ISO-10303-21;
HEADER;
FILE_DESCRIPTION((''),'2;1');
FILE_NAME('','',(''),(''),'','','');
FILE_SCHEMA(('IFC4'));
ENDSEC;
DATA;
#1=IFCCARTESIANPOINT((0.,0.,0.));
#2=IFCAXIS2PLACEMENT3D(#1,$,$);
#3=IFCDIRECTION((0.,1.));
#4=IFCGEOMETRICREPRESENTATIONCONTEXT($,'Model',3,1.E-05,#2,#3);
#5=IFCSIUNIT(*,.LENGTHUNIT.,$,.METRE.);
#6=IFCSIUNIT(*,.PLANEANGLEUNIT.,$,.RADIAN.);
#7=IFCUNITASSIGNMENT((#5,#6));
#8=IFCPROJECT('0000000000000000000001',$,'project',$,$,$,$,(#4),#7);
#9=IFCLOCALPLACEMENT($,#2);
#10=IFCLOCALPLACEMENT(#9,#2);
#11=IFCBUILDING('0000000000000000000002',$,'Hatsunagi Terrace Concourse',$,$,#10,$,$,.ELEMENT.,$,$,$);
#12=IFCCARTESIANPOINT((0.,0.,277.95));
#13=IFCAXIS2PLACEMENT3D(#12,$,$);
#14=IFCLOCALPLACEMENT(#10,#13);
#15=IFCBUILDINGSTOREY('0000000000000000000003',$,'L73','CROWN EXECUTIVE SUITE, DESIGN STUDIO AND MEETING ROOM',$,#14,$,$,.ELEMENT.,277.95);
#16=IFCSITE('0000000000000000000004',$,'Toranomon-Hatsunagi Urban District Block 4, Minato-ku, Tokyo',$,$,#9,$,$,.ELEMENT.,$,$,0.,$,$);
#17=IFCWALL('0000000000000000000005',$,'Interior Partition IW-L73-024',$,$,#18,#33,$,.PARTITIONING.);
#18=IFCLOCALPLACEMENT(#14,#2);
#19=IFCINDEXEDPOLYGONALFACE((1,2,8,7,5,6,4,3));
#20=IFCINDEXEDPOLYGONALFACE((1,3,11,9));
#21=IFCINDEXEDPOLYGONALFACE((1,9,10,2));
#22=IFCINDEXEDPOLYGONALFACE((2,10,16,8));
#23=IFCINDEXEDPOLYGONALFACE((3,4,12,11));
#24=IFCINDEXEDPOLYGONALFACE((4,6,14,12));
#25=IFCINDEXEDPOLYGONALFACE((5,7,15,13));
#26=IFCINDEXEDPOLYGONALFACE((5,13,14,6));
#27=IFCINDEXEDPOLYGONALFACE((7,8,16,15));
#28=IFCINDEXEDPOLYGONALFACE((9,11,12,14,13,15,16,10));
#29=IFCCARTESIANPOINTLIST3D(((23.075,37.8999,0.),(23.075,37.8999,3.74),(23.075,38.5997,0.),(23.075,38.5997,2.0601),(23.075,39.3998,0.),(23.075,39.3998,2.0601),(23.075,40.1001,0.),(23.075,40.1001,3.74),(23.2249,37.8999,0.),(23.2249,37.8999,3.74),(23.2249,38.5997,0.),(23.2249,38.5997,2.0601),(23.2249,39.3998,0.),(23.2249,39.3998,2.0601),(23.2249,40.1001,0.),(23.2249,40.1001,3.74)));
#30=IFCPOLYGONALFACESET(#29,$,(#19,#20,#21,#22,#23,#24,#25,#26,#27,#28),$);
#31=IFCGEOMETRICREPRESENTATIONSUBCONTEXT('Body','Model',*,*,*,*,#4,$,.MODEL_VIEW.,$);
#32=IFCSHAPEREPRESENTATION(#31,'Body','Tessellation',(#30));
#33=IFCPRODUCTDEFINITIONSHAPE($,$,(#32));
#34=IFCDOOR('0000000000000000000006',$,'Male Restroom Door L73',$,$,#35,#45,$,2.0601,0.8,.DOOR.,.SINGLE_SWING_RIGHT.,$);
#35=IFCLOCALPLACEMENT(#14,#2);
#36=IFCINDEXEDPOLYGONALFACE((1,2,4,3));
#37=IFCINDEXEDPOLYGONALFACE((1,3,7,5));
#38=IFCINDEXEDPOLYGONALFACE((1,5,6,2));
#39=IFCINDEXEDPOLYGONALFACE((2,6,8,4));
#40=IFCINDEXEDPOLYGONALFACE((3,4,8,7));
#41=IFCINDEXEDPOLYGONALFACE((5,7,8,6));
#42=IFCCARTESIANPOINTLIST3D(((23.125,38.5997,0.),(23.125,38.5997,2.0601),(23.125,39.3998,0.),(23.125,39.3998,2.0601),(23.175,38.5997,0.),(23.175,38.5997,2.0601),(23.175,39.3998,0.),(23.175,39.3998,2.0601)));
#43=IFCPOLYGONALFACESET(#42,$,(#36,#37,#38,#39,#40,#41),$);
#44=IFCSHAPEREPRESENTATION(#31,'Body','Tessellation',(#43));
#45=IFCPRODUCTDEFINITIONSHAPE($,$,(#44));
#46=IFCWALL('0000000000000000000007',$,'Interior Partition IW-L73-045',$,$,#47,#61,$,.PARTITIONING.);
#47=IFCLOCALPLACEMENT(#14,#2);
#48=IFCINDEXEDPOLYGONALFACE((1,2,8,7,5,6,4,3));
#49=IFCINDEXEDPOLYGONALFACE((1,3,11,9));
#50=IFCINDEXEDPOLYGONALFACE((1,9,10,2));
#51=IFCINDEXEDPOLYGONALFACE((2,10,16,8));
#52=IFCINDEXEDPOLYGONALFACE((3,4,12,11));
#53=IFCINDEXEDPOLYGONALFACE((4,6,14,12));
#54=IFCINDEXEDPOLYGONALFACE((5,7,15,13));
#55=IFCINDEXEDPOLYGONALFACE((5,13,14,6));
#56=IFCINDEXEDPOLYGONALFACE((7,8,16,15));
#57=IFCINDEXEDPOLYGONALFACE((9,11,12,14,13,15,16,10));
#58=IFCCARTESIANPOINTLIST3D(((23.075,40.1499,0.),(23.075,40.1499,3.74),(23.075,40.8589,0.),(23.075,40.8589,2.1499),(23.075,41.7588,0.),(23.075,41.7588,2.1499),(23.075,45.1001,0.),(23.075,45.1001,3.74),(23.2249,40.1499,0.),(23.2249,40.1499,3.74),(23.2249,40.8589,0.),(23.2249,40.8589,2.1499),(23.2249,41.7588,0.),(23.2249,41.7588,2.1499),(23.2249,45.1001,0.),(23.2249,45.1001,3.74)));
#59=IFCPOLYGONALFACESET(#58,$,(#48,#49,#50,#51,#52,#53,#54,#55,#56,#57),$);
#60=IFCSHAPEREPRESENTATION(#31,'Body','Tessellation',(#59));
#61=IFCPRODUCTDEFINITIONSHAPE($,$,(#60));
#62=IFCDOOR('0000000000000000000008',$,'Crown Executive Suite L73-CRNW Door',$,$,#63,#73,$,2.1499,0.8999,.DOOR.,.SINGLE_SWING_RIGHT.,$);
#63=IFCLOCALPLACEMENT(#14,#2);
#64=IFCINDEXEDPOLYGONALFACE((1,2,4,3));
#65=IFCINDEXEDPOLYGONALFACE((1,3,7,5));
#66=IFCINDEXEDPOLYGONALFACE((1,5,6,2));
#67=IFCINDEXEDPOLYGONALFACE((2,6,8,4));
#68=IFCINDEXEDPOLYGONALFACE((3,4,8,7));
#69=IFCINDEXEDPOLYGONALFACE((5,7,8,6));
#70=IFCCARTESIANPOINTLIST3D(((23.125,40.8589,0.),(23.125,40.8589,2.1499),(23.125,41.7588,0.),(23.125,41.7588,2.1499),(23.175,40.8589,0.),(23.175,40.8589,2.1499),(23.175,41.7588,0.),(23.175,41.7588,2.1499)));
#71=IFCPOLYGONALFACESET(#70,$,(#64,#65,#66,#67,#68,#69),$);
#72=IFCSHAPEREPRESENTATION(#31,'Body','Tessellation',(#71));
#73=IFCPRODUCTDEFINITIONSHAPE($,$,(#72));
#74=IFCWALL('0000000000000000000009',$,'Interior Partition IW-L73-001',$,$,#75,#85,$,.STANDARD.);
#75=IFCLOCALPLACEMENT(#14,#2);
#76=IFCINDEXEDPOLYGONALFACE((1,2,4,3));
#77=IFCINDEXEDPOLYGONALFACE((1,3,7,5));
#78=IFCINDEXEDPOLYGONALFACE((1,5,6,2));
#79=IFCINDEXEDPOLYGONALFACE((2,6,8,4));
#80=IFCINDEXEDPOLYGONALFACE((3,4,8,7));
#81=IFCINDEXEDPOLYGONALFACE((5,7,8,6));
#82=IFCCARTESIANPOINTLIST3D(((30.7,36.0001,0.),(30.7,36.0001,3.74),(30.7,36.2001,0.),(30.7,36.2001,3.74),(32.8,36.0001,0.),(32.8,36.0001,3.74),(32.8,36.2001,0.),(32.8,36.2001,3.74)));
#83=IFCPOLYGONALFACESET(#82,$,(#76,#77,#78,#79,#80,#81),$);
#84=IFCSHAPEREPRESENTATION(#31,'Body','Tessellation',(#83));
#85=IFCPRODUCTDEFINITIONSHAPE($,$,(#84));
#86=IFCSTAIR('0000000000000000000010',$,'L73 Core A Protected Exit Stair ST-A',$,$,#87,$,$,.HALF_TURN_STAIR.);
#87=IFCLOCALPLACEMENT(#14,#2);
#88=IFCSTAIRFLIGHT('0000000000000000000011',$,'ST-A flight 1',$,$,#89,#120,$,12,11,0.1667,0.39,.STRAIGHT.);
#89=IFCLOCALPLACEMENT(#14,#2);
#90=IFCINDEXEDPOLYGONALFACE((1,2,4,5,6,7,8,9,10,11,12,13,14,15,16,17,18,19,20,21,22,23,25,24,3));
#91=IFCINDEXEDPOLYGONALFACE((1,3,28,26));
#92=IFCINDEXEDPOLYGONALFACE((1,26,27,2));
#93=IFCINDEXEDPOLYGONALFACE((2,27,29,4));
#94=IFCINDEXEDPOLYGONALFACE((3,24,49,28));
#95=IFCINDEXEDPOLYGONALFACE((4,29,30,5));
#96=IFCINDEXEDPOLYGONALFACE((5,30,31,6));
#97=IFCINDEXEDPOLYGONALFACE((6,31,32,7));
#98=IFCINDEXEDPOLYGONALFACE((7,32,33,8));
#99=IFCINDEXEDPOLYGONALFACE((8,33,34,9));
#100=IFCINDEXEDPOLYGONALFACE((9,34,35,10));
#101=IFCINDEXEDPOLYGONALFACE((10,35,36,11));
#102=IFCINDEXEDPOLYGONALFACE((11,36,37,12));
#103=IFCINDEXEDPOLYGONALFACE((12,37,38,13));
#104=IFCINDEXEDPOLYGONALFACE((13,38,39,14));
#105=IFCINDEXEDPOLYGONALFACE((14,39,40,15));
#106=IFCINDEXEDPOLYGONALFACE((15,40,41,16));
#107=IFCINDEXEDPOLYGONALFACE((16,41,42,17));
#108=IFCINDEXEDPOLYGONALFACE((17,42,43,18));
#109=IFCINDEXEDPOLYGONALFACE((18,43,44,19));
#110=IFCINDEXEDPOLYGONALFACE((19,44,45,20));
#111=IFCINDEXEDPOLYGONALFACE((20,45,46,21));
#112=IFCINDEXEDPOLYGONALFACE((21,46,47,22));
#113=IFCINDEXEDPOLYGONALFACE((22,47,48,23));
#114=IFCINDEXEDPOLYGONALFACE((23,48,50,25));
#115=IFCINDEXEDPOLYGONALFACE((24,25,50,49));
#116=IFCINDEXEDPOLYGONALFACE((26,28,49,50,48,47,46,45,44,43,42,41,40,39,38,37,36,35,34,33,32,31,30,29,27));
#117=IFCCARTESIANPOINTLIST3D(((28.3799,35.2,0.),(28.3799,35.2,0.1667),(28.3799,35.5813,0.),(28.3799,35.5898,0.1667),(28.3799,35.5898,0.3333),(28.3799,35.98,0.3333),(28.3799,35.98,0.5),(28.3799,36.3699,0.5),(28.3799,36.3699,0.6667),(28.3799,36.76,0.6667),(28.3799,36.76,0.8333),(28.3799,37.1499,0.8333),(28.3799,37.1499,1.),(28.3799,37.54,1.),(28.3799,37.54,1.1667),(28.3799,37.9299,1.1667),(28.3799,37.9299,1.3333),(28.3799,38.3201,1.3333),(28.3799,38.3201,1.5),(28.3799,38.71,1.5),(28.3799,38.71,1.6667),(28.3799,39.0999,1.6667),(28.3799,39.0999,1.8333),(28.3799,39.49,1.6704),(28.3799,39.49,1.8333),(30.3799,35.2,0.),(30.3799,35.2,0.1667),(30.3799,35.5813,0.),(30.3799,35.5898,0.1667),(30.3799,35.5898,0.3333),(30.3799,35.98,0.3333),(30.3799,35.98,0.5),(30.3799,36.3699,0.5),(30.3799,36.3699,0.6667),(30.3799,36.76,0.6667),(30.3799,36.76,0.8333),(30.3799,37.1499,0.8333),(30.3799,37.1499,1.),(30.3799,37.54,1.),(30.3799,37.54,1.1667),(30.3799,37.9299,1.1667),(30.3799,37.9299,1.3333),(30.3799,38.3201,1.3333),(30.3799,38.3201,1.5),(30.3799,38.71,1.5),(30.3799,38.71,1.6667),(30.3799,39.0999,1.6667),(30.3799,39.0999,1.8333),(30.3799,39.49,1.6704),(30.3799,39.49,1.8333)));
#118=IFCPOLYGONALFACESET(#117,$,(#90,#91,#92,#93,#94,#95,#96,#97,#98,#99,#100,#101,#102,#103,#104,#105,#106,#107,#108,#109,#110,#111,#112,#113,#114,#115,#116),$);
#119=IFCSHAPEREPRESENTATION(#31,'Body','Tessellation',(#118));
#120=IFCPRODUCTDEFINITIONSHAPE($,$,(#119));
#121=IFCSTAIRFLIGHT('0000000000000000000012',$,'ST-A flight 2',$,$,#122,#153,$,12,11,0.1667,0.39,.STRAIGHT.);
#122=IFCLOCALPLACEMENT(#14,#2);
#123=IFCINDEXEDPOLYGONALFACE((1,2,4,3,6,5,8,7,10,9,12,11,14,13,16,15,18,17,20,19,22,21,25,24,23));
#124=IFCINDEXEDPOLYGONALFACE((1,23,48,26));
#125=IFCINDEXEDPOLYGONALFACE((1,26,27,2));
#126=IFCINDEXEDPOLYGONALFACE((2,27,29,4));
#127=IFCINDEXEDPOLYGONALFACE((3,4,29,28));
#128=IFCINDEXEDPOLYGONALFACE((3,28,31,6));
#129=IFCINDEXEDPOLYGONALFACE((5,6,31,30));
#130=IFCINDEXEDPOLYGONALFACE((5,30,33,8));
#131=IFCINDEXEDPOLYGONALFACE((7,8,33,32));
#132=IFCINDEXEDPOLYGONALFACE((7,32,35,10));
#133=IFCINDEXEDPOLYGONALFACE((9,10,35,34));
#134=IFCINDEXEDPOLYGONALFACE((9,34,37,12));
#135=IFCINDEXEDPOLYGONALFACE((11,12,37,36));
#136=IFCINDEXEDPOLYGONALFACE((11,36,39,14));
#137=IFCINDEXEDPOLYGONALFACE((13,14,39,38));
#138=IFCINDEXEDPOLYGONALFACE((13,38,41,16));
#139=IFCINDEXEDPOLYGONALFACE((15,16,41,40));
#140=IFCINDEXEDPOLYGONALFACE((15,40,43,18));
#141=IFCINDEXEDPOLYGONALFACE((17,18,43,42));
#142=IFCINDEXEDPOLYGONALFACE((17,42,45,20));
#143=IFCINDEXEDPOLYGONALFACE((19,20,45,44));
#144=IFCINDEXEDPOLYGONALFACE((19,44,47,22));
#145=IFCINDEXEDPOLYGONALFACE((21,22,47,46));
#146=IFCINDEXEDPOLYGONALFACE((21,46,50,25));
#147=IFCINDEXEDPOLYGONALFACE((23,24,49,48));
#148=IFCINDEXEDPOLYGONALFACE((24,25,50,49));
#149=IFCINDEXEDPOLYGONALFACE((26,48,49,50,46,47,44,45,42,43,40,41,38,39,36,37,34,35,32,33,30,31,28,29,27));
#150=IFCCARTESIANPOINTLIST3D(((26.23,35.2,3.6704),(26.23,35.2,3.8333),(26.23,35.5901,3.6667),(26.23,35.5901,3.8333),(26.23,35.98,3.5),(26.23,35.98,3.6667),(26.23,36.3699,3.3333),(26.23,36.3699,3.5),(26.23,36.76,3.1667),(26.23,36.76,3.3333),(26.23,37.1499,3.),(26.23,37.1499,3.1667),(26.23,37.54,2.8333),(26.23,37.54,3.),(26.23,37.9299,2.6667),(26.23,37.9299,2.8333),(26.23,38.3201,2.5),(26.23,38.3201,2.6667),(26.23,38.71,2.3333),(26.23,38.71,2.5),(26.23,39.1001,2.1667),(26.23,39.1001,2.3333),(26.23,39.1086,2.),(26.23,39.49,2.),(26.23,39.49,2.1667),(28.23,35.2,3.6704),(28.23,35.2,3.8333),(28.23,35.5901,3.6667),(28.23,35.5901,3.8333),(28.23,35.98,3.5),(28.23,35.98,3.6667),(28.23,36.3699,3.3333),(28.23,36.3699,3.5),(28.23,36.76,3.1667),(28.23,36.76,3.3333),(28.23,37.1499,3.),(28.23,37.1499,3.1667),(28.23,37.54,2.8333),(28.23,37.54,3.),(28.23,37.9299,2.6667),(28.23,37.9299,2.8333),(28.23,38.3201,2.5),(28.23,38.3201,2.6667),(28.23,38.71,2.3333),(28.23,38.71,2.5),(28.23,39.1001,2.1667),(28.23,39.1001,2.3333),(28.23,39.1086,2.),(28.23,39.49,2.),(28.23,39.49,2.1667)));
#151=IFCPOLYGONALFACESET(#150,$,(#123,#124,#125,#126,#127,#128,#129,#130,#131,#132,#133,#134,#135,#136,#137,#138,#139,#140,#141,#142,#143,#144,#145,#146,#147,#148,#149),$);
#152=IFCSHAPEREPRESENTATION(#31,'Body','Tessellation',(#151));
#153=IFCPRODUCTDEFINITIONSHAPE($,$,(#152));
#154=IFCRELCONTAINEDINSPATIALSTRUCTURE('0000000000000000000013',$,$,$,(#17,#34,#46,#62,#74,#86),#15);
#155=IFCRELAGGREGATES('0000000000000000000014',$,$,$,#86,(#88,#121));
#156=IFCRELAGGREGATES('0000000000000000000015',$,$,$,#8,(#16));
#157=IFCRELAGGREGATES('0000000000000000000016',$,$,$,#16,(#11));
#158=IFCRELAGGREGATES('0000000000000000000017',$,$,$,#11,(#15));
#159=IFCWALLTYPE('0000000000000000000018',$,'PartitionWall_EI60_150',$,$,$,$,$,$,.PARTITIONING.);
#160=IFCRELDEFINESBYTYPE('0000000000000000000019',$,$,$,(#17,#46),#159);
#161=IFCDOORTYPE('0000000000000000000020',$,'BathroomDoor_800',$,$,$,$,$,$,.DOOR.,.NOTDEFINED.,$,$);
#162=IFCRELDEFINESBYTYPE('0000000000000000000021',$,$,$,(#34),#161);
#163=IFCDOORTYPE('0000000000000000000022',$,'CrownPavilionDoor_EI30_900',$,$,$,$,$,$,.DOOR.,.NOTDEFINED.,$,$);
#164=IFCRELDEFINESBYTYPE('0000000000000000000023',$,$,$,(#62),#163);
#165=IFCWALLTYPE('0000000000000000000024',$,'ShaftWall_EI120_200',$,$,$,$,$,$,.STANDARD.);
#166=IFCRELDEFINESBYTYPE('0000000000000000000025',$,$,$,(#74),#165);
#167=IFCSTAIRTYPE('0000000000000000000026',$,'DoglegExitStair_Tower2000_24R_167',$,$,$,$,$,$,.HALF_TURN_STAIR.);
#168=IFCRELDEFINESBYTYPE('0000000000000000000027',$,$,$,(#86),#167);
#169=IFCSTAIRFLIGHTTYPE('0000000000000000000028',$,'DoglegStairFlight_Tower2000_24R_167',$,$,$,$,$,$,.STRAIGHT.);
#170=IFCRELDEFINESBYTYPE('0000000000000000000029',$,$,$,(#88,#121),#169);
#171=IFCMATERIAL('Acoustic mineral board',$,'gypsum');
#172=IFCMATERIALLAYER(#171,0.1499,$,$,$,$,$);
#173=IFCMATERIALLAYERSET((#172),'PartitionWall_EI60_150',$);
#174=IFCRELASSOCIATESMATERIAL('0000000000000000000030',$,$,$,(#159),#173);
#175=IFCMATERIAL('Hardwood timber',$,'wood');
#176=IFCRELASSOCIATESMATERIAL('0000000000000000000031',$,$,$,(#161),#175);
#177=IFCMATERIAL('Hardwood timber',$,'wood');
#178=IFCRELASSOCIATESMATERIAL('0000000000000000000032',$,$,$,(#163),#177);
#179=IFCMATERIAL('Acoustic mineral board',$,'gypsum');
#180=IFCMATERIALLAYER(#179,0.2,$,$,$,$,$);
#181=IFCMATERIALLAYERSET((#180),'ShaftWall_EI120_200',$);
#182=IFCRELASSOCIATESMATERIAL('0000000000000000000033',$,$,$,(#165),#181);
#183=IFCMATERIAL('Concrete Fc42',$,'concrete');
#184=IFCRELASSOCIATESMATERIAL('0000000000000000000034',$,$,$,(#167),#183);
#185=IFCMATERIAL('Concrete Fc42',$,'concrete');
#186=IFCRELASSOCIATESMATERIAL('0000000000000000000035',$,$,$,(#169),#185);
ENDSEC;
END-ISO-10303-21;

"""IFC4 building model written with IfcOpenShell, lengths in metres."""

from ifc_helpers import new_model, si_unit, direction, frame, frame_2d, origin, place, context, subcontext, project, spatial, polyline, rectangle, outline, extrude, material, layer, layer_set, type_object, element, fill, aggregate, save


model = new_model("IFC4")

# Units and contexts
model_context = context("Model", 3, precision=1e-05, world=origin(), true_north=direction((0.0, 1.0)))
body_context = subcontext(model_context, "Body", "Model", "MODEL_VIEW")
ifc_project = project(units=[si_unit("LENGTHUNIT", "METRE"), si_unit("PLANEANGLEUNIT", "RADIAN")], contexts=[model_context])

# Site, building, storey
site_placement = place(None, origin())
site = spatial("IfcSite", under=ifc_project, at=site_placement, Name="Toranomon-Hatsunagi Urban District Block 4, Minato-ku, Tokyo", CompositionType="ELEMENT", RefElevation=0.0)
building_placement = place(site_placement, origin())
building = spatial("IfcBuilding", under=site, at=building_placement, Name="Hatsunagi Terrace Concourse", CompositionType="ELEMENT")
storey_placement = place(building_placement, frame((0.0, 0.0, 277.95)))
storey = spatial("IfcBuildingStorey", under=building, at=storey_placement, Name="L73", Description="CROWN EXECUTIVE SUITE, DESIGN STUDIO AND MEETING ROOM", CompositionType="ELEMENT", Elevation=277.95)

# Shared definitions
ifc_material_1 = material(Name="Acoustic mineral board", Category="gypsum")
ifc_layer_1 = layer(ifc_material_1, 0.1499)
ifc_layer_set_1 = layer_set([ifc_layer_1], Name="PartitionWall_EI60_150")
wall_type_1 = type_object("IfcWallType", Name="PartitionWall_EI60_150", PredefinedType="PARTITIONING", material=ifc_layer_set_1)

# Walls, openings, doors
ifc_material_2 = material(Name="Hardwood timber", Category="wood")
door_type_1 = type_object("IfcDoorType", Name="BathroomDoor_800", OperationType="NOTDEFINED", PredefinedType="DOOR", material=ifc_material_2)
wall_1_placement = place(storey_placement, frame((23.1499, 37.8999, 0.0), z_axis=(0.0, 0.0, 1.0), x_axis=(0.0, 1.0, 0.0)))
wall_1 = element("IfcWall", 1, at=wall_1_placement, inside=storey, type_object=wall_type_1, Name="Interior Partition IW-L73-024", PredefinedType="PARTITIONING", context=body_context, shape_type="SweptSolid", body=[
    extrude(rectangle(XDim=2.2002, YDim=0.1499, at=frame_2d((1.1001, 0.0))), origin(), (0.0, 0.0, 1.0), 3.74),
])
opening_1_placement = place(wall_1_placement, frame((0.7, 0.0, 0.0)))
opening_1 = element("IfcOpeningElement", 2, at=opening_1_placement, cuts=wall_1, PredefinedType="OPENING", context=body_context, shape_type="SweptSolid", body=[
    extrude(rectangle(XDim=0.8, YDim=2.0601, at=frame_2d((0.3999, 1.03))), frame((0.0, 0.085, 0.0), z_axis=(0.0, -1.0, 0.0), x_axis=(1.0, 0.0, 0.0)), (0.0, 0.0, 1.0), 0.1699),
])
door_1_placement = place(opening_1_placement, origin())
door_1 = element("IfcDoor", 3, at=door_1_placement, inside=storey, type_object=door_type_1, Name="Male Restroom Door L73", OperationType="SINGLE_SWING_RIGHT", OverallHeight=2.0601, OverallWidth=0.8, PredefinedType="DOOR", context=body_context, shape_type="SweptSolid", body=[
    extrude(rectangle(XDim=0.8, YDim=2.0601, at=frame_2d((0.3999, 1.03))), frame((0.0, 0.0249, 0.0), z_axis=(0.0, -1.0, 0.0), x_axis=(1.0, 0.0, 0.0)), (0.0, 0.0, 1.0), 0.05),
])
fill(opening_1, door_1)
wall_2_placement = place(storey_placement, frame((23.1499, 40.1499, 0.0), z_axis=(0.0, 0.0, 1.0), x_axis=(0.0, 1.0, 0.0)))
wall_2 = element("IfcWall", 4, at=wall_2_placement, inside=storey, type_object=wall_type_1, Name="Interior Partition IW-L73-045", PredefinedType="PARTITIONING", context=body_context, shape_type="SweptSolid", body=[
    extrude(rectangle(XDim=4.9502, YDim=0.1499, at=frame_2d((2.4751, 0.0))), origin(), (0.0, 0.0, 1.0), 3.74),
])
opening_2_placement = place(wall_2_placement, frame((0.709, 0.0, 0.0)))
opening_2 = element("IfcOpeningElement", 5, at=opening_2_placement, cuts=wall_2, PredefinedType="OPENING", context=body_context, shape_type="SweptSolid", body=[
    extrude(rectangle(XDim=0.8999, YDim=2.1499, at=frame_2d((0.45, 1.075))), frame((0.0, 0.085, 0.0), z_axis=(0.0, -1.0, 0.0), x_axis=(1.0, 0.0, 0.0)), (0.0, 0.0, 1.0), 0.1699),
])
ifc_material_3 = material(Name="Hardwood timber", Category="wood")
door_type_2 = type_object("IfcDoorType", Name="CrownPavilionDoor_EI30_900", OperationType="NOTDEFINED", PredefinedType="DOOR", material=ifc_material_3)
door_2_placement = place(opening_2_placement, origin())
door_2 = element("IfcDoor", 6, at=door_2_placement, inside=storey, type_object=door_type_2, Name="Crown Executive Suite L73-CRNW Door", OperationType="SINGLE_SWING_RIGHT", OverallHeight=2.1499, OverallWidth=0.8999, PredefinedType="DOOR", context=body_context, shape_type="SweptSolid", body=[
    extrude(rectangle(XDim=0.8999, YDim=2.1499, at=frame_2d((0.45, 1.075))), frame((0.0, 0.0249, 0.0), z_axis=(0.0, -1.0, 0.0), x_axis=(1.0, 0.0, 0.0)), (0.0, 0.0, 1.0), 0.05),
])
fill(opening_2, door_2)

# Wall
ifc_material_4 = material(Name="Acoustic mineral board", Category="gypsum")
ifc_layer_2 = layer(ifc_material_4, 0.2)
ifc_layer_set_2 = layer_set([ifc_layer_2], Name="ShaftWall_EI120_200")
wall_type_2 = type_object("IfcWallType", Name="ShaftWall_EI120_200", PredefinedType="STANDARD", material=ifc_layer_set_2)
wall_3_placement = place(storey_placement, frame((30.7, 36.1001, 0.0), z_axis=(0.0, 0.0, 1.0), x_axis=(1.0, 0.0, 0.0)))
element("IfcWall", 7, at=wall_3_placement, inside=storey, type_object=wall_type_2, Name="Interior Partition IW-L73-001", PredefinedType="STANDARD", context=body_context, shape_type="SweptSolid", body=[
    extrude(rectangle(XDim=2.1001, YDim=0.2, at=frame_2d((1.05, 0.0))), origin(), (0.0, 0.0, 1.0), 3.74),
])

# Stair, stair flights
ifc_material_5 = material(Name="Concrete Fc42", Category="concrete")
stair_type = type_object("IfcStairType", Name="DoglegExitStair_Tower2000_24R_167", PredefinedType="HALF_TURN_STAIR", material=ifc_material_5)
stair_placement = place(storey_placement, origin())
stair = element("IfcStair", 8, at=stair_placement, inside=storey, type_object=stair_type, Name="L73 Core A Protected Exit Stair ST-A", PredefinedType="HALF_TURN_STAIR")
ifc_material_6 = material(Name="Concrete Fc42", Category="concrete")
stair_flight_type = type_object("IfcStairFlightType", Name="DoglegStairFlight_Tower2000_24R_167", PredefinedType="STRAIGHT", material=ifc_material_6)
stair_flight_1_placement = place(storey_placement, frame((29.3799, 35.2, 0.0), z_axis=(0.0, 0.0, 1.0), x_axis=(0.0, 1.0, 0.0)))
stair_flight_1 = element("IfcStairFlight", 9, at=stair_flight_1_placement, type_object=stair_flight_type, Name="ST-A flight 1", NumberOfRisers=12, NumberOfTreads=11, PredefinedType="STRAIGHT", RiserHeight=0.1667, TreadLength=0.39, context=body_context, shape_type="SweptSolid", body=[
    extrude(outline(polyline([(0.0, 0.0), (0.0, 0.1667), (0.3899, 0.1667), (0.3899, 0.3333), (0.78, 0.3333), (0.78, 0.5), (1.1699, 0.5), (1.1699, 0.6667), (1.5601, 0.6667), (1.5601, 0.8333), (1.95, 0.8333), (1.95, 1.0), (2.3401, 1.0), (2.3401, 1.1667), (2.73, 1.1667), (2.73, 1.3333), (3.1201, 1.3333), (3.1201, 1.5), (3.51, 1.5), (3.51, 1.6667), (3.8999, 1.6667), (3.8999, 1.8333), (4.29, 1.8333), (4.29, 2.0), (4.29, 1.6704), (0.3813, 0.0), (0.0, 0.0)])), frame((0.0, 1.0, 0.0), z_axis=(0.0, -1.0, 0.0), x_axis=(1.0, 0.0, 0.0)), (0.0, 0.0, 1.0), 2.0),
])
stair_flight_2_placement = place(storey_placement, frame((27.23, 39.49, 2.0), z_axis=(0.0, 0.0, 1.0), x_axis=(0.0, -1.0, 0.0)))
stair_flight_2 = element("IfcStairFlight", 10, at=stair_flight_2_placement, type_object=stair_flight_type, Name="ST-A flight 2", NumberOfRisers=12, NumberOfTreads=11, PredefinedType="STRAIGHT", RiserHeight=0.1667, TreadLength=0.39, context=body_context, shape_type="SweptSolid", body=[
    extrude(outline(polyline([(0.0, 0.0), (0.0, 0.1667), (0.3899, 0.1667), (0.3899, 0.3333), (0.78, 0.3333), (0.78, 0.5), (1.1699, 0.5), (1.1699, 0.6667), (1.5601, 0.6667), (1.5601, 0.8333), (1.95, 0.8333), (1.95, 1.0), (2.3401, 1.0), (2.3401, 1.1667), (2.73, 1.1667), (2.73, 1.3333), (3.1201, 1.3333), (3.1201, 1.5), (3.51, 1.5), (3.51, 1.6667), (3.8999, 1.6667), (3.8999, 1.8333), (4.29, 1.8333), (4.29, 2.0), (4.29, 1.6704), (0.3813, 0.0), (0.0, 0.0)])), frame((0.0, 1.0, 0.0), z_axis=(0.0, -1.0, 0.0), x_axis=(1.0, 0.0, 0.0)), (0.0, 0.0, 1.0), 2.0),
])
aggregate(stair, [stair_flight_1, stair_flight_2])

save(model, "model.ifc")
